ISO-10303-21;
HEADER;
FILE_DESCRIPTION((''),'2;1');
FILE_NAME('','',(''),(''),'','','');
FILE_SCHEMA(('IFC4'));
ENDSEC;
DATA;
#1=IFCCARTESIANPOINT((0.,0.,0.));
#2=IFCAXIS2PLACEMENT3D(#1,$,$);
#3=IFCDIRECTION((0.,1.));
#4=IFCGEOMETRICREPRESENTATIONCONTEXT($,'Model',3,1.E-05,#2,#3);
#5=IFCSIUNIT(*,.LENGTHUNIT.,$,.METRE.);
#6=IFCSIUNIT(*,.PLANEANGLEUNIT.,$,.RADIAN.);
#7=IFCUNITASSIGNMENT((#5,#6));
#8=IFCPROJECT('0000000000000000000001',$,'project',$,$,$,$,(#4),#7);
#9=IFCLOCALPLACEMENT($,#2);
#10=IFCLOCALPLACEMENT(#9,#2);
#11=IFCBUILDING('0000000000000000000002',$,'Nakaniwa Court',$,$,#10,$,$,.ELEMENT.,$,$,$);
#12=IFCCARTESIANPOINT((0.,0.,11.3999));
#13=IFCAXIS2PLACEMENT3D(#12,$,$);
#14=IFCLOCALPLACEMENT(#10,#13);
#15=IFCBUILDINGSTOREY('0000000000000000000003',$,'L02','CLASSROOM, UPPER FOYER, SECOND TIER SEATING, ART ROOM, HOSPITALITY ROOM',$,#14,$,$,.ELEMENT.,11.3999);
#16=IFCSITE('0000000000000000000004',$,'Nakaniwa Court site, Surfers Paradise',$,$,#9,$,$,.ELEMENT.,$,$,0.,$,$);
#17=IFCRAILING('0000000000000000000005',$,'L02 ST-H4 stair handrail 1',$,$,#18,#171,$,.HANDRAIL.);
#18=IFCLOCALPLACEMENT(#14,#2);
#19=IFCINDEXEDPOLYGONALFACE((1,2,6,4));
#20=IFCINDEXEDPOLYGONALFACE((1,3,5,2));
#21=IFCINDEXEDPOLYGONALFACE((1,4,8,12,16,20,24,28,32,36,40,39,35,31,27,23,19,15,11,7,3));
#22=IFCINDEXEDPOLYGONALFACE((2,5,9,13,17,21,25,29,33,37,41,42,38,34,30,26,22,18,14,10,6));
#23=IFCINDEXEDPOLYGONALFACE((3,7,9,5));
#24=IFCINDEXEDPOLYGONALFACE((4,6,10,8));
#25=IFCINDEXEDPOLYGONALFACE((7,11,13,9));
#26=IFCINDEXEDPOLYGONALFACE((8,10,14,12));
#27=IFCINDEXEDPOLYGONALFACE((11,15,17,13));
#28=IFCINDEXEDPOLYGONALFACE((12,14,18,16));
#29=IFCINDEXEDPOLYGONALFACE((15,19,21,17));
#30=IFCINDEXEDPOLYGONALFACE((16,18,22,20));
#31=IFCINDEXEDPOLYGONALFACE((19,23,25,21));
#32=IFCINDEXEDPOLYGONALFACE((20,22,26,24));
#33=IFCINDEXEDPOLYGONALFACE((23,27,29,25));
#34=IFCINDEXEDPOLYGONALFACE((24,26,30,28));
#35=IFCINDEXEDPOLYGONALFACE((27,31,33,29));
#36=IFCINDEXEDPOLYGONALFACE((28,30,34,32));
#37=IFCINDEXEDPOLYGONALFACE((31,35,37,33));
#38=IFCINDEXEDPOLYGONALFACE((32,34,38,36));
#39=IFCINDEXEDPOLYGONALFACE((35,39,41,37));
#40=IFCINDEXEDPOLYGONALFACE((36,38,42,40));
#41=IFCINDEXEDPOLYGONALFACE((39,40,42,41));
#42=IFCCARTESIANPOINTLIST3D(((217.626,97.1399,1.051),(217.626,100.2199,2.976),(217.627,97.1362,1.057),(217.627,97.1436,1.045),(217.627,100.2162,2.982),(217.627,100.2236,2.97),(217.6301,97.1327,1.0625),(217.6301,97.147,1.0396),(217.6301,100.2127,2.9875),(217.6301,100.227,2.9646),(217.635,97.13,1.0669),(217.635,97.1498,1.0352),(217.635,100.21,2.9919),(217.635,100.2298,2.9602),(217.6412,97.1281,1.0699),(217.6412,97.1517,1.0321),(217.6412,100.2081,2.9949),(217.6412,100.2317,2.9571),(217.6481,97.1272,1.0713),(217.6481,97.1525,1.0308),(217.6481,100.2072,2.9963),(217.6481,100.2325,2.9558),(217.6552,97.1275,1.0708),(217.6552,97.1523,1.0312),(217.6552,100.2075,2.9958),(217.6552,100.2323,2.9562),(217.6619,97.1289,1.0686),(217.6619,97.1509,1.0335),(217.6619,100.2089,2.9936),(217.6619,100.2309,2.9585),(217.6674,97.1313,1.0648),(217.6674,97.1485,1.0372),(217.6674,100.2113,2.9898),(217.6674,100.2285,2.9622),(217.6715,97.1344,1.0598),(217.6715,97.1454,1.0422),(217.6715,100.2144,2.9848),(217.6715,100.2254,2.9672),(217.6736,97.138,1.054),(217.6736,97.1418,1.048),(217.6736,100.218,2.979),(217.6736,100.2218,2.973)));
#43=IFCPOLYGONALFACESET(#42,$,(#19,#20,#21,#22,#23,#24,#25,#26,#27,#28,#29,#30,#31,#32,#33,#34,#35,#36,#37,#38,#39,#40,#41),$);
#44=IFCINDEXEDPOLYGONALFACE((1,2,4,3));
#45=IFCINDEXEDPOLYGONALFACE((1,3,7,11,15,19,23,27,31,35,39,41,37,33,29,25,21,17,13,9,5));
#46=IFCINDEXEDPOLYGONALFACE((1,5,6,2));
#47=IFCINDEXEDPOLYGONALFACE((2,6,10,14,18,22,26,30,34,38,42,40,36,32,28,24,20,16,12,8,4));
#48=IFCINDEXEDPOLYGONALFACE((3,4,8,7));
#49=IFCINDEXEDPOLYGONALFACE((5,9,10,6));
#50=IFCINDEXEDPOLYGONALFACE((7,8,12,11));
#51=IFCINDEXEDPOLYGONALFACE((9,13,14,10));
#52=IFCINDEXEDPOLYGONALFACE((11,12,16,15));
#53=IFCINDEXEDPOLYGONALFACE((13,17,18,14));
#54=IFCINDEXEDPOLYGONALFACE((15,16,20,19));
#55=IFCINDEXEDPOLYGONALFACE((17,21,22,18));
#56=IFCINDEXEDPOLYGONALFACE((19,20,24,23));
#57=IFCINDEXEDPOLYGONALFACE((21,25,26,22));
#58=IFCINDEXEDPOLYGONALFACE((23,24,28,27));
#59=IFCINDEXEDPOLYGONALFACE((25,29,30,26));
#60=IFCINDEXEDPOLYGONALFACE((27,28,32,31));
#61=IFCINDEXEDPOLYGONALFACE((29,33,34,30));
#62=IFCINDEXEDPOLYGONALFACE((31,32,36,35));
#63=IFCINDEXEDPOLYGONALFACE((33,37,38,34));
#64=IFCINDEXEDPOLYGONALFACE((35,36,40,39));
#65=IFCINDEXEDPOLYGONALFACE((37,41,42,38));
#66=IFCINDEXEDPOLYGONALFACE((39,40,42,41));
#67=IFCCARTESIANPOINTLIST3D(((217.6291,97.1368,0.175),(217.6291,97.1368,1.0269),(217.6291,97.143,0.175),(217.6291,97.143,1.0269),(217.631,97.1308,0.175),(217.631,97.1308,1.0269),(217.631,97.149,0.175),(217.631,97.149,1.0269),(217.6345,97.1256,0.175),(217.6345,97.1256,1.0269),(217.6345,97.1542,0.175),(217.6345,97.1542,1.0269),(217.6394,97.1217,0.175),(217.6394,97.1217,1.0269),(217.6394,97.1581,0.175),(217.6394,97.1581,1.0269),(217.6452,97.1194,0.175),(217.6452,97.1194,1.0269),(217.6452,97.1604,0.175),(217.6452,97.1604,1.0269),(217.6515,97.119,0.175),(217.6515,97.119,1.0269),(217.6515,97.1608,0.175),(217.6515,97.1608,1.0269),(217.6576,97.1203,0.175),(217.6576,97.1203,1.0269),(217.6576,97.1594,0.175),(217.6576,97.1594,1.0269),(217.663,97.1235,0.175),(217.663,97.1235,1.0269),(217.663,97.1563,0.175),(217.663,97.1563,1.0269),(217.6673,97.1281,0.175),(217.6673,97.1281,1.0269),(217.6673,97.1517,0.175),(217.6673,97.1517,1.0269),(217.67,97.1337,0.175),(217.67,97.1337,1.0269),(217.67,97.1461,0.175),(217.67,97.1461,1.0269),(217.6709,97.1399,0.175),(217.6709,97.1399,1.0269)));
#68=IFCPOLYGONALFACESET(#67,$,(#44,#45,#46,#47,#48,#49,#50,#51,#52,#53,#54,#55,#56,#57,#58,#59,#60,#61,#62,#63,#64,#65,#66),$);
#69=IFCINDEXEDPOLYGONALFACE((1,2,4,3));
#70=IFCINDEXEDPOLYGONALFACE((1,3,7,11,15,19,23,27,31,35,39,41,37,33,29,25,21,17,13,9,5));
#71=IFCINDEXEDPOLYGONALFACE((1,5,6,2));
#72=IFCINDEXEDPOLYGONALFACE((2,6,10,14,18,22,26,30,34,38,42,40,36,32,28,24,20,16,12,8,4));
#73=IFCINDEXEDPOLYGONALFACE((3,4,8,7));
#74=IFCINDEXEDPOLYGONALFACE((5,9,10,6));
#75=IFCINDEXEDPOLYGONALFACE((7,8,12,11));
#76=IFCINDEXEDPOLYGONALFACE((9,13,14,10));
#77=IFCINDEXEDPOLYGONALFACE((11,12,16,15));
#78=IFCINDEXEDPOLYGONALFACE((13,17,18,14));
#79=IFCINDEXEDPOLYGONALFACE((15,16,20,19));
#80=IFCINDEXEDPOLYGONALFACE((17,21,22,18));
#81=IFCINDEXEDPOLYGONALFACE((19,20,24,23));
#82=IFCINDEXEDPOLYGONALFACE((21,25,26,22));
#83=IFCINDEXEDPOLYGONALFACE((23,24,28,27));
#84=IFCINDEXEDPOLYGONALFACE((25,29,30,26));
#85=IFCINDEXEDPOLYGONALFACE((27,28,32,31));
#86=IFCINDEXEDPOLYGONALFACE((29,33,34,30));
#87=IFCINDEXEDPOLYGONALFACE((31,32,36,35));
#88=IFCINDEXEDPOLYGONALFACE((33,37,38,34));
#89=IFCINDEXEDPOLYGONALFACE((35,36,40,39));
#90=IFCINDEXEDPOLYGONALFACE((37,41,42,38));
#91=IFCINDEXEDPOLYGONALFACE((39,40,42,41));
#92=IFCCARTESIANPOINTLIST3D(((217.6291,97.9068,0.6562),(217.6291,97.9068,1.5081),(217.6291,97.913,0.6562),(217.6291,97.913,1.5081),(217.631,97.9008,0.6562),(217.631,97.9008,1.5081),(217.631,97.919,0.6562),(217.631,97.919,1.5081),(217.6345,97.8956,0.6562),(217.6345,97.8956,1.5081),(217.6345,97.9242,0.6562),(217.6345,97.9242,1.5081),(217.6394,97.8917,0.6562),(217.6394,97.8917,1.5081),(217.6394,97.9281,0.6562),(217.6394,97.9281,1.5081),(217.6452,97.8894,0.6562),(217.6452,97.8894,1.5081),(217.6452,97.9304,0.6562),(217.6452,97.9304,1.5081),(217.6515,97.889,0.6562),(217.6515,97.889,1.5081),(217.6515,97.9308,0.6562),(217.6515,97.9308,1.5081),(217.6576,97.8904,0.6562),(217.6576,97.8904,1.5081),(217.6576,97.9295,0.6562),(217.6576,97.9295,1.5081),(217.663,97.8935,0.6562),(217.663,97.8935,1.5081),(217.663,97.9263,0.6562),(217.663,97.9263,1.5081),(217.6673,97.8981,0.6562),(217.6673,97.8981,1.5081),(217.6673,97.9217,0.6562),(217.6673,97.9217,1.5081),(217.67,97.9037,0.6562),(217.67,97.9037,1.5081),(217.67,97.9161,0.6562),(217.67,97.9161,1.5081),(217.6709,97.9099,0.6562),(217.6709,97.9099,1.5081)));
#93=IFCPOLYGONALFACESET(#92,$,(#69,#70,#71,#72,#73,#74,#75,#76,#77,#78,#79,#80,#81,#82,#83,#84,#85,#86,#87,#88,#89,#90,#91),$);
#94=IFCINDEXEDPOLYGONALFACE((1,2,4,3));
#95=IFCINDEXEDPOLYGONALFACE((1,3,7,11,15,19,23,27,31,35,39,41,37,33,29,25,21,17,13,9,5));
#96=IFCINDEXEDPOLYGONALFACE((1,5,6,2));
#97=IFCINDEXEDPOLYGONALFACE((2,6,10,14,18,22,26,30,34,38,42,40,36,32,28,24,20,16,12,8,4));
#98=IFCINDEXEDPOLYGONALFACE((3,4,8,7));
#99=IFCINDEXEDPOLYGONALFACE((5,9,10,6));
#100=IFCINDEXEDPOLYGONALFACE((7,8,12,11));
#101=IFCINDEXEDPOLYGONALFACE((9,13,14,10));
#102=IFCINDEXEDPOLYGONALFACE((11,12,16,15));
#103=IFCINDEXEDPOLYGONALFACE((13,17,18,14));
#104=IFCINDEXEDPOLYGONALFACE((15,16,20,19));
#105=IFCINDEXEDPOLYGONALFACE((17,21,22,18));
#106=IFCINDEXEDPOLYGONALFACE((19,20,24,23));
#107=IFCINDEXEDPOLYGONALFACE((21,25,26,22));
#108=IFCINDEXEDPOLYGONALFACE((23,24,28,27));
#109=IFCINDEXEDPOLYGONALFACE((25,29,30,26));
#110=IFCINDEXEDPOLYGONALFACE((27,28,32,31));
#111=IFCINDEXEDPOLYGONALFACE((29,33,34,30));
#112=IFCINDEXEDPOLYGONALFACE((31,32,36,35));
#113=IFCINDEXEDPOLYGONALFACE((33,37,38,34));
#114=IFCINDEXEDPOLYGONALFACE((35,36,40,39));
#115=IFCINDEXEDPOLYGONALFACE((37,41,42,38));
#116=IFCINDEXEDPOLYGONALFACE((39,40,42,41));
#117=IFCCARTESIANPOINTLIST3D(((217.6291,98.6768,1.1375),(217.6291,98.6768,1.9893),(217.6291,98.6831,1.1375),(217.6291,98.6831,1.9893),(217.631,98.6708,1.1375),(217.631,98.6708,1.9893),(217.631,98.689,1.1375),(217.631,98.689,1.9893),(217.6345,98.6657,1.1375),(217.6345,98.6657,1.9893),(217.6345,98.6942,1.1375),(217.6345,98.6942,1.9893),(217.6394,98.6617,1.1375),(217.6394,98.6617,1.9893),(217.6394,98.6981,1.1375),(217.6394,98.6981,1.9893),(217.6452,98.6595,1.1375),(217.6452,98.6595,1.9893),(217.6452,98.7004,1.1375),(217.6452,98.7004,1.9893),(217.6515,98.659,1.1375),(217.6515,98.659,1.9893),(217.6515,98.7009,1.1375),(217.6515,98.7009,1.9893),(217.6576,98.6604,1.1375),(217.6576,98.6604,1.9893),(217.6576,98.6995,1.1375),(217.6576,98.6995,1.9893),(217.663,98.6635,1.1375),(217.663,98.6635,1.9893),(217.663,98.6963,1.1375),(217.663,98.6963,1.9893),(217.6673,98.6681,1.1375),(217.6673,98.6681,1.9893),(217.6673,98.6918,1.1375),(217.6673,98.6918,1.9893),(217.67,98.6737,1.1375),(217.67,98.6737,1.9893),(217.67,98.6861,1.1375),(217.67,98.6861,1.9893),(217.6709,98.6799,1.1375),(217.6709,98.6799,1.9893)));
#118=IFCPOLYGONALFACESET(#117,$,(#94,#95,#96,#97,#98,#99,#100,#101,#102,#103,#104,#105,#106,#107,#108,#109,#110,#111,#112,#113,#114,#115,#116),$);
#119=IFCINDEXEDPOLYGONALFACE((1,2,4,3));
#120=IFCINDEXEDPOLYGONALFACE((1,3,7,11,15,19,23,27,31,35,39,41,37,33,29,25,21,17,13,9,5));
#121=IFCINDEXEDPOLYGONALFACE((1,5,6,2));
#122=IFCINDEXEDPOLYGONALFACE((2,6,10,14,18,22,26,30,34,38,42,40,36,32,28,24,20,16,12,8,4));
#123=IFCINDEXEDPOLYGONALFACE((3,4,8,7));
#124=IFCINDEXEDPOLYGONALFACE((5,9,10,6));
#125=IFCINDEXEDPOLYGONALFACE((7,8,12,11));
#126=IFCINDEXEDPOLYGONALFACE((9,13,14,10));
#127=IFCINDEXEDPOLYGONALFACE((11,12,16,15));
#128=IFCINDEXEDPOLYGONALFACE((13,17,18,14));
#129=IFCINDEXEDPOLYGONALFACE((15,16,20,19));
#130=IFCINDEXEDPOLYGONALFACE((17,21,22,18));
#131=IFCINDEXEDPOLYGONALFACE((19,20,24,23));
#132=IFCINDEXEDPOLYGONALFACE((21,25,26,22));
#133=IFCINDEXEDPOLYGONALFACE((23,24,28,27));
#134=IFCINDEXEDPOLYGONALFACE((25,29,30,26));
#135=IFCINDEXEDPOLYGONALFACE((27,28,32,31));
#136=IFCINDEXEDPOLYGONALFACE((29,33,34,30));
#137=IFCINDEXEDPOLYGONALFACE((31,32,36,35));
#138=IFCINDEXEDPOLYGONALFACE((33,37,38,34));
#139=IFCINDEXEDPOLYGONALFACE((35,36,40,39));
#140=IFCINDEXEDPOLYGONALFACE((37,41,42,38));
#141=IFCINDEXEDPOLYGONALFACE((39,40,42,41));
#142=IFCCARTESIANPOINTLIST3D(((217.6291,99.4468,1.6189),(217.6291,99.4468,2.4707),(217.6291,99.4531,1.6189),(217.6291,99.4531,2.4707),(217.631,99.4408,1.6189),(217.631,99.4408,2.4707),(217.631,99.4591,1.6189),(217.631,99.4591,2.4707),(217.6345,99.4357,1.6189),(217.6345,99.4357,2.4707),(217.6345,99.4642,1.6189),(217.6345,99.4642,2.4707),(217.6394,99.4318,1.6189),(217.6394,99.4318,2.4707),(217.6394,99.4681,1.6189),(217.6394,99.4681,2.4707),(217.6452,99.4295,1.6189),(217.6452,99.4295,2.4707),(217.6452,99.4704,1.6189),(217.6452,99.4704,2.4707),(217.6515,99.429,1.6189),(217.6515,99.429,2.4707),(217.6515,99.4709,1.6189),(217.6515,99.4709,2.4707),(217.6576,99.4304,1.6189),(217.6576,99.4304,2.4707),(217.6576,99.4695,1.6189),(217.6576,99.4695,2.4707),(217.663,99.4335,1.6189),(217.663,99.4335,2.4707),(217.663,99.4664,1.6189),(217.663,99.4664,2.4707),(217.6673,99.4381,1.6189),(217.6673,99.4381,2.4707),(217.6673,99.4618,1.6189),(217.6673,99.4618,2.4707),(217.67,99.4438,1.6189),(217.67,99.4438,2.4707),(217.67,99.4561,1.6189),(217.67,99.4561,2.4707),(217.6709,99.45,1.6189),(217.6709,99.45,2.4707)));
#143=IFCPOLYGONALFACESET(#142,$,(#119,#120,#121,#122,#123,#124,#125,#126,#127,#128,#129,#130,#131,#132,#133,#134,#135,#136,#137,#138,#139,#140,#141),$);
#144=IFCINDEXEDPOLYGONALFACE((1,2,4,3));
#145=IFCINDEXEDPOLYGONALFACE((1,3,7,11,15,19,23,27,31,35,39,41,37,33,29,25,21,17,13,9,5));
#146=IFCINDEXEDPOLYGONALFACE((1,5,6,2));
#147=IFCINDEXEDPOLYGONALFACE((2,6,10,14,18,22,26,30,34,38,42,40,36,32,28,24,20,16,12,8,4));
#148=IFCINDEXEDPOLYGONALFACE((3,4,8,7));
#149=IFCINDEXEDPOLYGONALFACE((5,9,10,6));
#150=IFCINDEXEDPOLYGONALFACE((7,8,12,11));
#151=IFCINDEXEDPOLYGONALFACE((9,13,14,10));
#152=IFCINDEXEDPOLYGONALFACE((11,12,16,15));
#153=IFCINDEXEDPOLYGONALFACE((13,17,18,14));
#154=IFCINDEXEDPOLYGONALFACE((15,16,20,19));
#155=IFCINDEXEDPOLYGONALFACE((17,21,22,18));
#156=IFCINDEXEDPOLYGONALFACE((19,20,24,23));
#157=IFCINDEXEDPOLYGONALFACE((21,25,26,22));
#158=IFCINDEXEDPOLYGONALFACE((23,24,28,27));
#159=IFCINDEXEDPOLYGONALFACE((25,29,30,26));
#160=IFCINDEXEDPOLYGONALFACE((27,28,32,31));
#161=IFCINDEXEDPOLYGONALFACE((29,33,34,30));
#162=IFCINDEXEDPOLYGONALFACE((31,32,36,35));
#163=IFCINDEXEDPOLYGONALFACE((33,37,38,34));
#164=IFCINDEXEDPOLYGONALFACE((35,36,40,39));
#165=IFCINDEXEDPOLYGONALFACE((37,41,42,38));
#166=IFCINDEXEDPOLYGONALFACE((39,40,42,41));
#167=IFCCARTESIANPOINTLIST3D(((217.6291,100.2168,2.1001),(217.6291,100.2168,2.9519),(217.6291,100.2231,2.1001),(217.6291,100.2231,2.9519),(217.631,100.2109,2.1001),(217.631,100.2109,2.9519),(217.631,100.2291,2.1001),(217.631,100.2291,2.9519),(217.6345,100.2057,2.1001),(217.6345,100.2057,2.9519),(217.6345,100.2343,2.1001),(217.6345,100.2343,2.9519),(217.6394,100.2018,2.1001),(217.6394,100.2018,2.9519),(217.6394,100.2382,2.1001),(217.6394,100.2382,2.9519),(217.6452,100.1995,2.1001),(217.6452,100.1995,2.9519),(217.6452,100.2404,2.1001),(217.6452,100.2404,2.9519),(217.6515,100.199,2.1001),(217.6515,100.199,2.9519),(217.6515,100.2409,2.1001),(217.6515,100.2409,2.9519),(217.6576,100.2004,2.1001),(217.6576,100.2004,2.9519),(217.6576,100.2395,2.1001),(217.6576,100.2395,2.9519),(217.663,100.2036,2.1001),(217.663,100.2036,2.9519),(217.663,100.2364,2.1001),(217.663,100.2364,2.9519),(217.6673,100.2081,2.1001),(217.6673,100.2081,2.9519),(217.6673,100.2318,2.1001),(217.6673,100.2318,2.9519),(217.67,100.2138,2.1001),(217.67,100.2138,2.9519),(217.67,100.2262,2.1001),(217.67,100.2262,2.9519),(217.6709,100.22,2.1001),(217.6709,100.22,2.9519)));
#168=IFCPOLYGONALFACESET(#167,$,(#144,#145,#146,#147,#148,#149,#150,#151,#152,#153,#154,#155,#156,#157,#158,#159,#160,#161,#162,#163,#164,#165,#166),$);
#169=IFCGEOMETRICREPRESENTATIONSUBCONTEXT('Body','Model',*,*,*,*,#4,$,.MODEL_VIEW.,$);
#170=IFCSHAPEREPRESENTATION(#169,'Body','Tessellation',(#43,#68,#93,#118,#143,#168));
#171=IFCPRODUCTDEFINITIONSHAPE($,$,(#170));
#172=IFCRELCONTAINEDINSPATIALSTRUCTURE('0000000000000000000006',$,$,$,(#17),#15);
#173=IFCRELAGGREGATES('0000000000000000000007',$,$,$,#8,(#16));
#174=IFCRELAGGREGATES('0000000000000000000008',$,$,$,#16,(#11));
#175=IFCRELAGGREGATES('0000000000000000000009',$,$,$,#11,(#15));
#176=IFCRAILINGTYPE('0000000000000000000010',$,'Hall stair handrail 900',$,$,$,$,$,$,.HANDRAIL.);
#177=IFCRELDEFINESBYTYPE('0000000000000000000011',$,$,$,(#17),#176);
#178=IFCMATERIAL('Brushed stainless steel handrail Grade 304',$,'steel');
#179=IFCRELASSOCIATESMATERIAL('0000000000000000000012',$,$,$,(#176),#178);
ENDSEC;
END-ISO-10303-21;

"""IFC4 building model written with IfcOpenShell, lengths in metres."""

from ifc_helpers import new_model, si_unit, direction, frame, origin, origin_2d, place, context, subcontext, project, spatial, circle, extrude, material, type_object, element, save


model = new_model("IFC4")

# Units and contexts
model_context = context("Model", 3, precision=1e-05, world=origin(), true_north=direction((0.0, 1.0)))
body_context = subcontext(model_context, "Body", "Model", "MODEL_VIEW")
ifc_project = project(units=[si_unit("LENGTHUNIT", "METRE"), si_unit("PLANEANGLEUNIT", "RADIAN")], contexts=[model_context])

# Site, building, storey
site_placement = place(None, origin())
site = spatial("IfcSite", under=ifc_project, at=site_placement, Name="Nakaniwa Court site, Surfers Paradise", CompositionType="ELEMENT", RefElevation=0.0)
building_placement = place(site_placement, origin())
building = spatial("IfcBuilding", under=site, at=building_placement, Name="Nakaniwa Court", CompositionType="ELEMENT")
storey_placement = place(building_placement, frame((0.0, 0.0, 11.3999)))
storey = spatial("IfcBuildingStorey", under=building, at=storey_placement, Name="L02", Description="CLASSROOM, UPPER FOYER, SECOND TIER SEATING, ART ROOM, HOSPITALITY ROOM", CompositionType="ELEMENT", Elevation=11.3999)

# Railing
ifc_material_1 = material(Name="Brushed stainless steel handrail Grade 304", Category="steel")
railing_type_1 = type_object("IfcRailingType", Name="Hall stair handrail 900", PredefinedType="HANDRAIL", material=ifc_material_1)
railing_1_placement = place(storey_placement, frame((217.6499, 97.1399, 0.175)))
element("IfcRailing", 1, at=railing_1_placement, inside=storey, type_object=railing_type_1, Name="L02 ST-H4 stair handrail 1", PredefinedType="HANDRAIL", context=body_context, shape_type="SweptSolid", body=[
    extrude(circle(Radius=0.0239, at=origin_2d()), frame((0.0, 0.0, 0.876), z_axis=(0.0, 0.847998, 0.529999), x_axis=(-1.0, 0.0, 0.0)), (0.0, 0.0, 1.0), 3.6321),
    extrude(circle(Radius=0.021, at=origin_2d()), origin(), (0.0, 0.0, 1.0), 0.8518),
    extrude(circle(Radius=0.021, at=origin_2d()), frame((0.0, 0.77, 0.4812)), (0.0, 0.0, 1.0), 0.8518),
    extrude(circle(Radius=0.021, at=origin_2d()), frame((0.0, 1.54, 0.9624)), (0.0, 0.0, 1.0), 0.8518),
    extrude(circle(Radius=0.021, at=origin_2d()), frame((0.0, 2.3101, 1.4438)), (0.0, 0.0, 1.0), 0.8518),
    extrude(circle(Radius=0.021, at=origin_2d()), frame((0.0, 3.0801, 1.925)), (0.0, 0.0, 1.0), 0.8518),
])

save(model, "model.ifc")
